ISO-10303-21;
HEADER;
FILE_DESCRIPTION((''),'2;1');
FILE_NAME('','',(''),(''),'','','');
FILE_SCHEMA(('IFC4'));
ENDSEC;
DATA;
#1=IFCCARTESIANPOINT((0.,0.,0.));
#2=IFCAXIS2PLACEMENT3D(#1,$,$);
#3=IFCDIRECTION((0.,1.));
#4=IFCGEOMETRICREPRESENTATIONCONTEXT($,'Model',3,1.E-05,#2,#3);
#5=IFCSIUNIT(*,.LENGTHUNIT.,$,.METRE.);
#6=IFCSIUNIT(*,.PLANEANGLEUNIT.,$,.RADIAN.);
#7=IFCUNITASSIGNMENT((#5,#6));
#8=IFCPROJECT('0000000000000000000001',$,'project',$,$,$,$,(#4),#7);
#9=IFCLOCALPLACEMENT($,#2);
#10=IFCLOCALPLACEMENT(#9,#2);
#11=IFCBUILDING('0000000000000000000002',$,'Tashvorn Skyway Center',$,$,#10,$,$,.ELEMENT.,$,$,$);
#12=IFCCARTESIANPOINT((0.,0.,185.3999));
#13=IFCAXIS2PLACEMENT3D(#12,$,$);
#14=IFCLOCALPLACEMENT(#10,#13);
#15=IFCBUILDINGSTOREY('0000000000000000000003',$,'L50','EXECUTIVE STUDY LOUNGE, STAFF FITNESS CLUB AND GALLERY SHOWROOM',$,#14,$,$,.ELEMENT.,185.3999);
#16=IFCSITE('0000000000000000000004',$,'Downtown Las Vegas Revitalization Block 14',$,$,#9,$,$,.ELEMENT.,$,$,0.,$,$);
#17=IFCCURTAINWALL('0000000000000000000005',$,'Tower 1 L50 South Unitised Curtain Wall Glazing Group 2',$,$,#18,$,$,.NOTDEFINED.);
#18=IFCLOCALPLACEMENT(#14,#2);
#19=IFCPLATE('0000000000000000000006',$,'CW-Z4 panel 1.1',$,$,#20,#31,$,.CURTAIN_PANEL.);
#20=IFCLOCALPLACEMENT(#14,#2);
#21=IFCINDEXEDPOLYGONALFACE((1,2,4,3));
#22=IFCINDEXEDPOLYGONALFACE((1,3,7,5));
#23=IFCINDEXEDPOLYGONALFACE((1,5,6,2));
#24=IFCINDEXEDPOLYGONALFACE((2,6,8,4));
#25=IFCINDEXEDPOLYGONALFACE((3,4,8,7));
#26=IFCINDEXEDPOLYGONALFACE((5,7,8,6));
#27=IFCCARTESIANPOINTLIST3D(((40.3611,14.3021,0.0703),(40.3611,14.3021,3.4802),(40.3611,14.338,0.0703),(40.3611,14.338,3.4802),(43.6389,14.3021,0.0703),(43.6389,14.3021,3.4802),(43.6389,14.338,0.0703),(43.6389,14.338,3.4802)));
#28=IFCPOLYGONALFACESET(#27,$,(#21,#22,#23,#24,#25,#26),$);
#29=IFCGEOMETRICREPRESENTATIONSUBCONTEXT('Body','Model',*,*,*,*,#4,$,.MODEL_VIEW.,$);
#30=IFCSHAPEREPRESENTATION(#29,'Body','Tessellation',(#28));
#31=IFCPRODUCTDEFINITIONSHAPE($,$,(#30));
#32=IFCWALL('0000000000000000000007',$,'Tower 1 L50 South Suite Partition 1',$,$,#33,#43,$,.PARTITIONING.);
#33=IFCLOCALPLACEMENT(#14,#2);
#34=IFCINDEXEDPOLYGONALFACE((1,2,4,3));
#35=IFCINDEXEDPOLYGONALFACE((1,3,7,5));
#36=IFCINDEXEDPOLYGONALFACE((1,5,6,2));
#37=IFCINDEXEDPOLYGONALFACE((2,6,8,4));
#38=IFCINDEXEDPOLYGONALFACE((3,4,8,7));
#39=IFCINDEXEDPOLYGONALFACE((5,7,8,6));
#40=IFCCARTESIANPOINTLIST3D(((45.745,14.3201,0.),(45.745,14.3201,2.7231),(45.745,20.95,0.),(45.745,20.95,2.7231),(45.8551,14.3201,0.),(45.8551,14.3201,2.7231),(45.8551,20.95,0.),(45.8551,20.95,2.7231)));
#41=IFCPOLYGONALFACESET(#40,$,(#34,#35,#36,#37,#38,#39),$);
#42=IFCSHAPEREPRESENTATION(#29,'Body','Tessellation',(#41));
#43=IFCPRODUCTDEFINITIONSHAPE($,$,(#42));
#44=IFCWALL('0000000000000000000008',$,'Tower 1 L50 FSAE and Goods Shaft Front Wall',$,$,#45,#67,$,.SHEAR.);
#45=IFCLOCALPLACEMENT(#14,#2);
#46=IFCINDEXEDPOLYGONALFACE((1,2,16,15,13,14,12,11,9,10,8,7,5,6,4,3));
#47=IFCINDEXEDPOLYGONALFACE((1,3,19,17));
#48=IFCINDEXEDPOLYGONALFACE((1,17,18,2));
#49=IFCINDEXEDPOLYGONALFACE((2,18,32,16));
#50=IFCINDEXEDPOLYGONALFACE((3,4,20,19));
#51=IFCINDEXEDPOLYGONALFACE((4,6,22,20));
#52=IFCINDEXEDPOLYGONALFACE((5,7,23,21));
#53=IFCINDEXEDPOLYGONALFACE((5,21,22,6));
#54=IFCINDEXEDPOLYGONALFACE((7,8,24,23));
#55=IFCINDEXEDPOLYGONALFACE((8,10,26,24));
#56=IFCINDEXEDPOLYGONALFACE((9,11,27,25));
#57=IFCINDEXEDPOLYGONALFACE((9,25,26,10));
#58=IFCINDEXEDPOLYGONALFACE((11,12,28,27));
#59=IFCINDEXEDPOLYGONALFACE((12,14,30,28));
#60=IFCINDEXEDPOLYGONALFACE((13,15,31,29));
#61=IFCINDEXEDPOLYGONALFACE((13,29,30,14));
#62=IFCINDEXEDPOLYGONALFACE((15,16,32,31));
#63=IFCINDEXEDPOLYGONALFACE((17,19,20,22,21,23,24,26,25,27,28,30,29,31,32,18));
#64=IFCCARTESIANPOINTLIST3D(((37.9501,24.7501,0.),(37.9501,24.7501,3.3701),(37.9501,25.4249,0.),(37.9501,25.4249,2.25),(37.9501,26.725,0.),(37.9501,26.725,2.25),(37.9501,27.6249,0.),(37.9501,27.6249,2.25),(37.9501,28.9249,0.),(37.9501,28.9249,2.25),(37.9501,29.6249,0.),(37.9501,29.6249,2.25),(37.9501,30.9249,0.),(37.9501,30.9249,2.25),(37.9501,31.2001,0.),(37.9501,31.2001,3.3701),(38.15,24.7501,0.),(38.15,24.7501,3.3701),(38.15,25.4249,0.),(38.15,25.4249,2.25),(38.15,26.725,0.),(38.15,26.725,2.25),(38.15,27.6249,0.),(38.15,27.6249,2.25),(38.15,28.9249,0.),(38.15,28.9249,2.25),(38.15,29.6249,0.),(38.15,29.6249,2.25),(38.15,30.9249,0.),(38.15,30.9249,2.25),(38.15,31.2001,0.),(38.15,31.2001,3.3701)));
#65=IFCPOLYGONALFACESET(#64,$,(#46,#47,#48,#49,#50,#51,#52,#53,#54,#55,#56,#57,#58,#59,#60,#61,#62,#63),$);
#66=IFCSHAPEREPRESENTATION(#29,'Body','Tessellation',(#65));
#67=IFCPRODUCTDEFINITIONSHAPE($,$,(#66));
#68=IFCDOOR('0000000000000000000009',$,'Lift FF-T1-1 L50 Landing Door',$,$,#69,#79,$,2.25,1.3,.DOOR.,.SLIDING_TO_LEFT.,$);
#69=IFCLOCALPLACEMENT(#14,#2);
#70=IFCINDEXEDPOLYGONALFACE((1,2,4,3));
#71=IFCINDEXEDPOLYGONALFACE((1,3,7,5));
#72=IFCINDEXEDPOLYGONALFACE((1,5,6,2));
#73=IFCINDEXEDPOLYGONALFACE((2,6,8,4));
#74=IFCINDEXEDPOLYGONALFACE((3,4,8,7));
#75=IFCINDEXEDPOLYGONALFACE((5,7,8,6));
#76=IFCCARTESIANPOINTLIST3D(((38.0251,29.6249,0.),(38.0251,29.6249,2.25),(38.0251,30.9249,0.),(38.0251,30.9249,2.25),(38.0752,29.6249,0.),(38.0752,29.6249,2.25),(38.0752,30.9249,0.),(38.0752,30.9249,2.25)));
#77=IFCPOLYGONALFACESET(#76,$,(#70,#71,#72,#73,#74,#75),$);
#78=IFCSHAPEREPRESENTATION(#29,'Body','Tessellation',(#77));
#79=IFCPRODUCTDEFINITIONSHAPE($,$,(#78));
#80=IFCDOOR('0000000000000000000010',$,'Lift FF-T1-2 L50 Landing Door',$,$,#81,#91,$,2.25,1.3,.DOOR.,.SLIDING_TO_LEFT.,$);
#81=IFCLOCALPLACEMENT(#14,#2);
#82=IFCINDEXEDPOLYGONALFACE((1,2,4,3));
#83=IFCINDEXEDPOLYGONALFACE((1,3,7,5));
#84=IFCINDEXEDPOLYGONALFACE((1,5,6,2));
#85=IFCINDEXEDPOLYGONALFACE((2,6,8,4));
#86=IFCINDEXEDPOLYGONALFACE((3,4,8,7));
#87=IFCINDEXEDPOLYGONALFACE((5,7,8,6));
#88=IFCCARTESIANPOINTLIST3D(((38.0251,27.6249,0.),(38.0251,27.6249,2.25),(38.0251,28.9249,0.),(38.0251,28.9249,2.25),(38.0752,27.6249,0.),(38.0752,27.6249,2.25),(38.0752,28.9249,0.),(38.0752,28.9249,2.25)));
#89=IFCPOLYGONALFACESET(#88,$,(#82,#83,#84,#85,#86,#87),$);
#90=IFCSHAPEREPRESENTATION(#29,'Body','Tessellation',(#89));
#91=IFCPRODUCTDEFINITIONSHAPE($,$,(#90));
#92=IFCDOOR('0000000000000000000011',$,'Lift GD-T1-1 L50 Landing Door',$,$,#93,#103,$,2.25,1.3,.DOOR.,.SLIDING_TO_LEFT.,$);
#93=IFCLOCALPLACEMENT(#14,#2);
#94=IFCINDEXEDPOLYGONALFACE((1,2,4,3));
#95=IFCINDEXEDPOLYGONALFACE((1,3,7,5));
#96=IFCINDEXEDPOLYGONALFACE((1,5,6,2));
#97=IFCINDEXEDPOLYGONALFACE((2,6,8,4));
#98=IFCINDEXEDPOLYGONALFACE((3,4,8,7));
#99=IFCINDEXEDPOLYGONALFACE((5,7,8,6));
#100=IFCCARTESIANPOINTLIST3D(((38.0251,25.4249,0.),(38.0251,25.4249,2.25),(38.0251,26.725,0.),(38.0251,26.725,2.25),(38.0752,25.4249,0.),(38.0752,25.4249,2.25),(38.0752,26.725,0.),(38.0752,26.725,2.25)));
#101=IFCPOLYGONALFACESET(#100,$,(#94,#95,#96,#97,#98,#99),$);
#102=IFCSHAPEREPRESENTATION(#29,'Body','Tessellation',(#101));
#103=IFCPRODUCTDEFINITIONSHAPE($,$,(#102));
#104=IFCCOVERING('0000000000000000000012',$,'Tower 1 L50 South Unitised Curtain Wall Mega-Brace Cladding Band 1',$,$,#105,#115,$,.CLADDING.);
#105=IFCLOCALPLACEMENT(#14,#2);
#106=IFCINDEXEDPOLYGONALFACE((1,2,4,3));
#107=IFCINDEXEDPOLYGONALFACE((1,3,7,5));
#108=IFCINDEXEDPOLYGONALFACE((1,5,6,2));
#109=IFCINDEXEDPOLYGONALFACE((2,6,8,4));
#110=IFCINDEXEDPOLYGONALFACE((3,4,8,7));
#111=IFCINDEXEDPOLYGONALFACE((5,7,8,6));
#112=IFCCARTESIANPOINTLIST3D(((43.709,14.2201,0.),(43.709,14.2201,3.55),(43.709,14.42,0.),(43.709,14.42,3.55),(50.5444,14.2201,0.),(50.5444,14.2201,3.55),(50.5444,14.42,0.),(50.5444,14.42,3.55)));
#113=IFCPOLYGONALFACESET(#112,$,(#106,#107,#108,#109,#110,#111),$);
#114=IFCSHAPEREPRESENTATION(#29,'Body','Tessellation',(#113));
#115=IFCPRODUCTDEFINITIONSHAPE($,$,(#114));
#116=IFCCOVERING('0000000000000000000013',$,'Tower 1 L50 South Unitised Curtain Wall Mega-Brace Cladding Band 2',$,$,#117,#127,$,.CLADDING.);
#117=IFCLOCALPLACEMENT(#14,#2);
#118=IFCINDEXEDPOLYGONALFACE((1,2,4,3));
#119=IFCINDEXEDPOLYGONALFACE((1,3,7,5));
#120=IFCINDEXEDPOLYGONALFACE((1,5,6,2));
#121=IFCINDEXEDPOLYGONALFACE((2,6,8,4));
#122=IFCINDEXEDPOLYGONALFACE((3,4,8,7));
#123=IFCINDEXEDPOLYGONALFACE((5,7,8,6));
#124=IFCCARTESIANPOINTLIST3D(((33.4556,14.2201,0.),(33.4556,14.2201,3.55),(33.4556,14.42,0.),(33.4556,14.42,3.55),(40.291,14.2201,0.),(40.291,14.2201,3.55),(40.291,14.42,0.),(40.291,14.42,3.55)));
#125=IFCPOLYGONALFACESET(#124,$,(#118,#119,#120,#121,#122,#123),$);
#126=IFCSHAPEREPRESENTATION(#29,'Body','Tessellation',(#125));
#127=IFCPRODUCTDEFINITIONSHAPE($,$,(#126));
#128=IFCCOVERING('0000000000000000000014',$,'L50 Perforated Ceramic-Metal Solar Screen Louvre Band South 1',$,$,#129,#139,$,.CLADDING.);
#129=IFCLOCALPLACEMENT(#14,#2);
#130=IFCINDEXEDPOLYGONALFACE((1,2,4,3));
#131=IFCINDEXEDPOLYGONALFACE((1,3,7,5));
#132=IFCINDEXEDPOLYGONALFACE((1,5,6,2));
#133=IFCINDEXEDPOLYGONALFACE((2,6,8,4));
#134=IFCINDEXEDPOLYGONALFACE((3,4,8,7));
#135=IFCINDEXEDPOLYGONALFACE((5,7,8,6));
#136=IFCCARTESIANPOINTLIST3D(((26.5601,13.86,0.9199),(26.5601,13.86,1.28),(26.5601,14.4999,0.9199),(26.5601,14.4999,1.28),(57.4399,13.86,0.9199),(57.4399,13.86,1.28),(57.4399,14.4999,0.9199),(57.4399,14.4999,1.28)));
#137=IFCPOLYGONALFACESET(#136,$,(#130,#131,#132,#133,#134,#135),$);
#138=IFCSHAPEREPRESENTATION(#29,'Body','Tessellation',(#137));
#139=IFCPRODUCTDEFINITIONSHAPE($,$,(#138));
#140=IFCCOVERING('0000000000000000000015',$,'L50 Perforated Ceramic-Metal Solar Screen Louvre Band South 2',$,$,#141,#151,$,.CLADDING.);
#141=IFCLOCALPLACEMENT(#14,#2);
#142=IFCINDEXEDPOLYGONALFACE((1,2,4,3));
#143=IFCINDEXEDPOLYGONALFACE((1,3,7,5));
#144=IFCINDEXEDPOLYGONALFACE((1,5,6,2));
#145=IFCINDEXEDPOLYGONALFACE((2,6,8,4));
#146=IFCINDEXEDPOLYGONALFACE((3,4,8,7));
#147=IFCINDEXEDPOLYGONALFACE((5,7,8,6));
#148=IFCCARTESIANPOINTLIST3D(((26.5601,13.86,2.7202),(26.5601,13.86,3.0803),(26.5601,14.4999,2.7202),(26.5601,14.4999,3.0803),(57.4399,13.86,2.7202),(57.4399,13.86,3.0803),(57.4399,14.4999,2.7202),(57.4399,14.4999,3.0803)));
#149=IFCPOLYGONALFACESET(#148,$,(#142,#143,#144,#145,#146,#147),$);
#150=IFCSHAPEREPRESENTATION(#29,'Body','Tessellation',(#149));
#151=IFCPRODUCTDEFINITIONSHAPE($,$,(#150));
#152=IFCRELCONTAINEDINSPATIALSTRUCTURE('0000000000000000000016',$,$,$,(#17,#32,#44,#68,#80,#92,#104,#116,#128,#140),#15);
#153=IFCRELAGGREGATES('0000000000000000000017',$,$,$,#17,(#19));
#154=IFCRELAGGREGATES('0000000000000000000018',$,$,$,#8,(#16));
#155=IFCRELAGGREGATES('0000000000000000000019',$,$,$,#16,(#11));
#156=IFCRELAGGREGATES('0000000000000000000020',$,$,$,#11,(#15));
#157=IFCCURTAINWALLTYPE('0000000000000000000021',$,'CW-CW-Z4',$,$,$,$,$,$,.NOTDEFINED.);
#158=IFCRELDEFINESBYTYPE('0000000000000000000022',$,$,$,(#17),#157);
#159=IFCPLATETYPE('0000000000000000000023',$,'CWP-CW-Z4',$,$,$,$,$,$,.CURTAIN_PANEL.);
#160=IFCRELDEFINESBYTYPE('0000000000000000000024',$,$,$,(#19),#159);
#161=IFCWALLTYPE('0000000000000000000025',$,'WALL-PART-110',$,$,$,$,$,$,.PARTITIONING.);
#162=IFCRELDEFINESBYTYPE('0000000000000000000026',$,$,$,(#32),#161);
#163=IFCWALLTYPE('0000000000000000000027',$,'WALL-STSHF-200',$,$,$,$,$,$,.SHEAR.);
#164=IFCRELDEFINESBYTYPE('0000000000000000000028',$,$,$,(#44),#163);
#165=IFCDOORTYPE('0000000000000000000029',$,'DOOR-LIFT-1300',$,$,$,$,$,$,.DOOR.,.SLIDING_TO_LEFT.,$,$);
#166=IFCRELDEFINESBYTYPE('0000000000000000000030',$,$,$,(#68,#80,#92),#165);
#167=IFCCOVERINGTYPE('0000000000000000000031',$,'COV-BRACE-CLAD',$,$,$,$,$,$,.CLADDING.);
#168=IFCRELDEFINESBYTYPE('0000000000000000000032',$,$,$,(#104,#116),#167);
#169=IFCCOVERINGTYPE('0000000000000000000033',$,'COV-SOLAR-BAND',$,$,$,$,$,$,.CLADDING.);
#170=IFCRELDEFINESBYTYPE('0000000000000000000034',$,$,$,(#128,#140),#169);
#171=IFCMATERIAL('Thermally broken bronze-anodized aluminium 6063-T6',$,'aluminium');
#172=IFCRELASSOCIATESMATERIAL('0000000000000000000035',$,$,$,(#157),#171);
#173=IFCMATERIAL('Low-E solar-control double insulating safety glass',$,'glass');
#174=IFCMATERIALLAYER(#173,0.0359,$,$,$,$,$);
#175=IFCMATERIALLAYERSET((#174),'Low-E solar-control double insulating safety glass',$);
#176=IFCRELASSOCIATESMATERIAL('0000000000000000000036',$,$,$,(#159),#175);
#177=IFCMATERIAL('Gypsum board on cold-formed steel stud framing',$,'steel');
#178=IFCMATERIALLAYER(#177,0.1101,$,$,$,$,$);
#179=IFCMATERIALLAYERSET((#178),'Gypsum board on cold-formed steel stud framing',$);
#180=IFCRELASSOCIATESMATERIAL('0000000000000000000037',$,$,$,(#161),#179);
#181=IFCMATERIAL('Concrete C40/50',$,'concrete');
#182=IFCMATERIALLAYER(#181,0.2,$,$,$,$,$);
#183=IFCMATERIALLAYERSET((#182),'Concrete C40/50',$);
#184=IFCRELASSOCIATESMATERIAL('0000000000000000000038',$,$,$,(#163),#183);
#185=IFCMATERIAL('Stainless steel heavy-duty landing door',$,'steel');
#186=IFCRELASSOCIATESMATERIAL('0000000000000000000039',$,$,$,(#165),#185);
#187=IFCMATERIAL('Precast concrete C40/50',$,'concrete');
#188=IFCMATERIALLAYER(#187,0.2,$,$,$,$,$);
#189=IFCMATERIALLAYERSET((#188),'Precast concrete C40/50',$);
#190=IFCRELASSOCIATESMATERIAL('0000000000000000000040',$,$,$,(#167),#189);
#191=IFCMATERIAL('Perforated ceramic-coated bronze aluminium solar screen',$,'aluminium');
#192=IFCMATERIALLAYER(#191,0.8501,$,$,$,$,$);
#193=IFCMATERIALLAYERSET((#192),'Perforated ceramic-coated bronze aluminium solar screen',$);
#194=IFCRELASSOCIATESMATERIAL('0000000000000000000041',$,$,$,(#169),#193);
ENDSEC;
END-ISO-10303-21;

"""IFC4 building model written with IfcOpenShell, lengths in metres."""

from ifc_helpers import new_model, si_unit, direction, frame, frame_2d, origin, origin_2d, place, context, subcontext, project, spatial, rectangle, extrude, material, layer, layer_set, type_object, element, fill, aggregate, save


model = new_model("IFC4")

# Units and contexts
model_context = context("Model", 3, precision=1e-05, world=origin(), true_north=direction((0.0, 1.0)))
body_context = subcontext(model_context, "Body", "Model", "MODEL_VIEW")
ifc_project = project(units=[si_unit("LENGTHUNIT", "METRE"), si_unit("PLANEANGLEUNIT", "RADIAN")], contexts=[model_context])

# Site, building, storey
site_placement = place(None, origin())
site = spatial("IfcSite", under=ifc_project, at=site_placement, Name="Downtown Las Vegas Revitalization Block 14", CompositionType="ELEMENT", RefElevation=0.0)
building_placement = place(site_placement, origin())
building = spatial("IfcBuilding", under=site, at=building_placement, Name="Tashvorn Skyway Center", CompositionType="ELEMENT")
storey_placement = place(building_placement, frame((0.0, 0.0, 185.3999)))
storey = spatial("IfcBuildingStorey", under=building, at=storey_placement, Name="L50", Description="EXECUTIVE STUDY LOUNGE, STAFF FITNESS CLUB AND GALLERY SHOWROOM", CompositionType="ELEMENT", Elevation=185.3999)

# Curtain wall, plate
ifc_material_1 = material(Name="Thermally broken bronze-anodized aluminium 6063-T6", Category="aluminium")
curtain_wall_type = type_object("IfcCurtainWallType", Name="CW-CW-Z4", PredefinedType="NOTDEFINED", material=ifc_material_1)
curtain_wall_placement = place(storey_placement, origin())
curtain_wall = element("IfcCurtainWall", 1, at=curtain_wall_placement, inside=storey, type_object=curtain_wall_type, Name="Tower 1 L50 South Unitised Curtain Wall Glazing Group 2", PredefinedType="NOTDEFINED")
ifc_material_2 = material(Name="Low-E solar-control double insulating safety glass", Category="glass")
ifc_layer_1 = layer(ifc_material_2, 0.0359)
ifc_layer_set_1 = layer_set([ifc_layer_1], Name="Low-E solar-control double insulating safety glass")
plate_type = type_object("IfcPlateType", Name="CWP-CW-Z4", PredefinedType="CURTAIN_PANEL", material=ifc_layer_set_1)
plate_placement = place(storey_placement, frame((42.0, 14.3201, 0.0703), z_axis=(0.0, 0.0, 1.0), x_axis=(-1.0, 0.0, 0.0)))
plate = element("IfcPlate", 2, at=plate_placement, type_object=plate_type, Name="CW-Z4 panel 1.1", PredefinedType="CURTAIN_PANEL", context=body_context, shape_type="SweptSolid", body=[
    extrude(rectangle(XDim=3.2778, YDim=0.0359, at=origin_2d()), origin(), (0.0, 0.0, 1.0), 3.4099),
])
aggregate(curtain_wall, [plate])

# Wall
ifc_material_3 = material(Name="Gypsum board on cold-formed steel stud framing", Category="steel")
ifc_layer_2 = layer(ifc_material_3, 0.1101)
ifc_layer_set_2 = layer_set([ifc_layer_2], Name="Gypsum board on cold-formed steel stud framing")
wall_type_1 = type_object("IfcWallType", Name="WALL-PART-110", PredefinedType="PARTITIONING", material=ifc_layer_set_2)
wall_1_placement = place(storey_placement, frame((45.8, 14.3201, 0.0), z_axis=(0.0, 0.0, 1.0), x_axis=(0.0, 1.0, 0.0)))
element("IfcWall", 3, at=wall_1_placement, inside=storey, type_object=wall_type_1, Name="Tower 1 L50 South Suite Partition 1", PredefinedType="PARTITIONING", context=body_context, shape_type="SweptSolid", body=[
    extrude(rectangle(XDim=6.6299, YDim=0.1101, at=frame_2d((3.3149, 0.0))), origin(), (0.0, 0.0, 1.0), 2.7231),
])

# Wall, openings, doors
ifc_material_4 = material(Name="Concrete C40/50", Category="concrete")
ifc_layer_3 = layer(ifc_material_4, 0.2)
ifc_layer_set_3 = layer_set([ifc_layer_3], Name="Concrete C40/50")
wall_type_2 = type_object("IfcWallType", Name="WALL-STSHF-200", PredefinedType="SHEAR", material=ifc_layer_set_3)
wall_2_placement = place(storey_placement, frame((38.05, 24.75, 0.0), z_axis=(0.0, 0.0, 1.0), x_axis=(0.0, 1.0, 0.0)))
wall_2 = element("IfcWall", 4, at=wall_2_placement, inside=storey, type_object=wall_type_2, Name="Tower 1 L50 FSAE and Goods Shaft Front Wall", PredefinedType="SHEAR", context=body_context, shape_type="SweptSolid", body=[
    extrude(rectangle(XDim=6.45, YDim=0.2, at=frame_2d((3.2251, 0.0))), origin(), (0.0, 0.0, 1.0), 3.3701),
])
opening_1_placement = place(wall_2_placement, frame((4.875, 0.0, 0.0)))
opening_1 = element("IfcOpeningElement", 5, at=opening_1_placement, cuts=wall_2, PredefinedType="OPENING", context=body_context, shape_type="SweptSolid", body=[
    extrude(rectangle(XDim=1.3, YDim=2.25, at=frame_2d((0.6499, 1.125))), frame((0.0, 0.1099, 0.0), z_axis=(0.0, -1.0, 0.0), x_axis=(1.0, 0.0, 0.0)), (0.0, 0.0, 1.0), 0.22),
])
opening_2_placement = place(wall_2_placement, frame((2.875, 0.0, 0.0)))
opening_2 = element("IfcOpeningElement", 6, at=opening_2_placement, cuts=wall_2, PredefinedType="OPENING", context=body_context, shape_type="SweptSolid", body=[
    extrude(rectangle(XDim=1.3, YDim=2.25, at=frame_2d((0.6499, 1.125))), frame((0.0, 0.1099, 0.0), z_axis=(0.0, -1.0, 0.0), x_axis=(1.0, 0.0, 0.0)), (0.0, 0.0, 1.0), 0.22),
])
opening_3_placement = place(wall_2_placement, frame((0.675, 0.0, 0.0)))
opening_3 = element("IfcOpeningElement", 7, at=opening_3_placement, cuts=wall_2, PredefinedType="OPENING", context=body_context, shape_type="SweptSolid", body=[
    extrude(rectangle(XDim=1.3, YDim=2.25, at=frame_2d((0.6499, 1.125))), frame((0.0, 0.1099, 0.0), z_axis=(0.0, -1.0, 0.0), x_axis=(1.0, 0.0, 0.0)), (0.0, 0.0, 1.0), 0.22),
])
ifc_material_5 = material(Name="Stainless steel heavy-duty landing door", Category="steel")
door_type = type_object("IfcDoorType", Name="DOOR-LIFT-1300", OperationType="SLIDING_TO_LEFT", PredefinedType="DOOR", material=ifc_material_5)
door_1_placement = place(opening_1_placement, origin())
door_1 = element("IfcDoor", 8, at=door_1_placement, inside=storey, type_object=door_type, Name="Lift FF-T1-1 L50 Landing Door", OperationType="SLIDING_TO_LEFT", OverallHeight=2.25, OverallWidth=1.3, PredefinedType="DOOR", context=body_context, shape_type="SweptSolid", body=[
    extrude(rectangle(XDim=1.3, YDim=2.25, at=frame_2d((0.6499, 1.125))), frame((0.0, 0.0249, 0.0), z_axis=(0.0, -1.0, 0.0), x_axis=(1.0, 0.0, 0.0)), (0.0, 0.0, 1.0), 0.05),
])
fill(opening_1, door_1)
door_2_placement = place(opening_2_placement, origin())
door_2 = element("IfcDoor", 9, at=door_2_placement, inside=storey, type_object=door_type, Name="Lift FF-T1-2 L50 Landing Door", OperationType="SLIDING_TO_LEFT", OverallHeight=2.25, OverallWidth=1.3, PredefinedType="DOOR", context=body_context, shape_type="SweptSolid", body=[
    extrude(rectangle(XDim=1.3, YDim=2.25, at=frame_2d((0.6499, 1.125))), frame((0.0, 0.0249, 0.0), z_axis=(0.0, -1.0, 0.0), x_axis=(1.0, 0.0, 0.0)), (0.0, 0.0, 1.0), 0.05),
])
fill(opening_2, door_2)
door_3_placement = place(opening_3_placement, origin())
door_3 = element("IfcDoor", 10, at=door_3_placement, inside=storey, type_object=door_type, Name="Lift GD-T1-1 L50 Landing Door", OperationType="SLIDING_TO_LEFT", OverallHeight=2.25, OverallWidth=1.3, PredefinedType="DOOR", context=body_context, shape_type="SweptSolid", body=[
    extrude(rectangle(XDim=1.3, YDim=2.25, at=frame_2d((0.6499, 1.125))), frame((0.0, 0.0249, 0.0), z_axis=(0.0, -1.0, 0.0), x_axis=(1.0, 0.0, 0.0)), (0.0, 0.0, 1.0), 0.05),
])
fill(opening_3, door_3)

# Coverings
ifc_material_6 = material(Name="Precast concrete C40/50", Category="concrete")
ifc_layer_4 = layer(ifc_material_6, 0.2)
ifc_layer_set_4 = layer_set([ifc_layer_4], Name="Precast concrete C40/50")
covering_type_1 = type_object("IfcCoveringType", Name="COV-BRACE-CLAD", PredefinedType="CLADDING", material=ifc_layer_set_4)
for number, where, z_axis, x_axis, name in (
    (11, (47.1267, 14.3201, 0.0), (0.0, 0.0, 1.0), (-1.0, 0.0, 0.0), "Tower 1 L50 South Unitised Curtain Wall Mega-Brace Cladding Band 1"),
    (12, (36.8733, 14.3201, 0.0), (0.0, 0.0, 1.0), (-1.0, 0.0, 0.0), "Tower 1 L50 South Unitised Curtain Wall Mega-Brace Cladding Band 2"),
):
    element("IfcCovering", number, at=place(storey_placement, frame(where, z_axis=z_axis, x_axis=x_axis)), inside=storey, type_object=covering_type_1, Name=name, PredefinedType="CLADDING", context=body_context, shape_type="SweptSolid", body=[
        extrude(rectangle(XDim=6.8354, YDim=0.2, at=origin_2d()), origin(), (0.0, 0.0, 1.0), 3.55),
    ])
ifc_material_7 = material(Name="Perforated ceramic-coated bronze aluminium solar screen", Category="aluminium")
ifc_layer_5 = layer(ifc_material_7, 0.8501)
ifc_layer_set_5 = layer_set([ifc_layer_5], Name="Perforated ceramic-coated bronze aluminium solar screen")
covering_type_2 = type_object("IfcCoveringType", Name="COV-SOLAR-BAND", PredefinedType="CLADDING", material=ifc_layer_set_5)
for number, where, z_axis, x_axis, name in (
    (13, (42.0, 14.1799, 0.9199), (0.0, 0.0, 1.0), (-1.0, 0.0, 0.0), "L50 Perforated Ceramic-Metal Solar Screen Louvre Band South 1"),
    (14, (42.0, 14.1799, 2.7202), (0.0, 0.0, 1.0), (-1.0, 0.0, 0.0), "L50 Perforated Ceramic-Metal Solar Screen Louvre Band South 2"),
):
    element("IfcCovering", number, at=place(storey_placement, frame(where, z_axis=z_axis, x_axis=x_axis)), inside=storey, type_object=covering_type_2, Name=name, PredefinedType="CLADDING", context=body_context, shape_type="SweptSolid", body=[
        extrude(rectangle(XDim=30.8799, YDim=0.6399, at=origin_2d()), origin(), (0.0, 0.0, 1.0), 0.3601),
    ])

save(model, "model.ifc")
